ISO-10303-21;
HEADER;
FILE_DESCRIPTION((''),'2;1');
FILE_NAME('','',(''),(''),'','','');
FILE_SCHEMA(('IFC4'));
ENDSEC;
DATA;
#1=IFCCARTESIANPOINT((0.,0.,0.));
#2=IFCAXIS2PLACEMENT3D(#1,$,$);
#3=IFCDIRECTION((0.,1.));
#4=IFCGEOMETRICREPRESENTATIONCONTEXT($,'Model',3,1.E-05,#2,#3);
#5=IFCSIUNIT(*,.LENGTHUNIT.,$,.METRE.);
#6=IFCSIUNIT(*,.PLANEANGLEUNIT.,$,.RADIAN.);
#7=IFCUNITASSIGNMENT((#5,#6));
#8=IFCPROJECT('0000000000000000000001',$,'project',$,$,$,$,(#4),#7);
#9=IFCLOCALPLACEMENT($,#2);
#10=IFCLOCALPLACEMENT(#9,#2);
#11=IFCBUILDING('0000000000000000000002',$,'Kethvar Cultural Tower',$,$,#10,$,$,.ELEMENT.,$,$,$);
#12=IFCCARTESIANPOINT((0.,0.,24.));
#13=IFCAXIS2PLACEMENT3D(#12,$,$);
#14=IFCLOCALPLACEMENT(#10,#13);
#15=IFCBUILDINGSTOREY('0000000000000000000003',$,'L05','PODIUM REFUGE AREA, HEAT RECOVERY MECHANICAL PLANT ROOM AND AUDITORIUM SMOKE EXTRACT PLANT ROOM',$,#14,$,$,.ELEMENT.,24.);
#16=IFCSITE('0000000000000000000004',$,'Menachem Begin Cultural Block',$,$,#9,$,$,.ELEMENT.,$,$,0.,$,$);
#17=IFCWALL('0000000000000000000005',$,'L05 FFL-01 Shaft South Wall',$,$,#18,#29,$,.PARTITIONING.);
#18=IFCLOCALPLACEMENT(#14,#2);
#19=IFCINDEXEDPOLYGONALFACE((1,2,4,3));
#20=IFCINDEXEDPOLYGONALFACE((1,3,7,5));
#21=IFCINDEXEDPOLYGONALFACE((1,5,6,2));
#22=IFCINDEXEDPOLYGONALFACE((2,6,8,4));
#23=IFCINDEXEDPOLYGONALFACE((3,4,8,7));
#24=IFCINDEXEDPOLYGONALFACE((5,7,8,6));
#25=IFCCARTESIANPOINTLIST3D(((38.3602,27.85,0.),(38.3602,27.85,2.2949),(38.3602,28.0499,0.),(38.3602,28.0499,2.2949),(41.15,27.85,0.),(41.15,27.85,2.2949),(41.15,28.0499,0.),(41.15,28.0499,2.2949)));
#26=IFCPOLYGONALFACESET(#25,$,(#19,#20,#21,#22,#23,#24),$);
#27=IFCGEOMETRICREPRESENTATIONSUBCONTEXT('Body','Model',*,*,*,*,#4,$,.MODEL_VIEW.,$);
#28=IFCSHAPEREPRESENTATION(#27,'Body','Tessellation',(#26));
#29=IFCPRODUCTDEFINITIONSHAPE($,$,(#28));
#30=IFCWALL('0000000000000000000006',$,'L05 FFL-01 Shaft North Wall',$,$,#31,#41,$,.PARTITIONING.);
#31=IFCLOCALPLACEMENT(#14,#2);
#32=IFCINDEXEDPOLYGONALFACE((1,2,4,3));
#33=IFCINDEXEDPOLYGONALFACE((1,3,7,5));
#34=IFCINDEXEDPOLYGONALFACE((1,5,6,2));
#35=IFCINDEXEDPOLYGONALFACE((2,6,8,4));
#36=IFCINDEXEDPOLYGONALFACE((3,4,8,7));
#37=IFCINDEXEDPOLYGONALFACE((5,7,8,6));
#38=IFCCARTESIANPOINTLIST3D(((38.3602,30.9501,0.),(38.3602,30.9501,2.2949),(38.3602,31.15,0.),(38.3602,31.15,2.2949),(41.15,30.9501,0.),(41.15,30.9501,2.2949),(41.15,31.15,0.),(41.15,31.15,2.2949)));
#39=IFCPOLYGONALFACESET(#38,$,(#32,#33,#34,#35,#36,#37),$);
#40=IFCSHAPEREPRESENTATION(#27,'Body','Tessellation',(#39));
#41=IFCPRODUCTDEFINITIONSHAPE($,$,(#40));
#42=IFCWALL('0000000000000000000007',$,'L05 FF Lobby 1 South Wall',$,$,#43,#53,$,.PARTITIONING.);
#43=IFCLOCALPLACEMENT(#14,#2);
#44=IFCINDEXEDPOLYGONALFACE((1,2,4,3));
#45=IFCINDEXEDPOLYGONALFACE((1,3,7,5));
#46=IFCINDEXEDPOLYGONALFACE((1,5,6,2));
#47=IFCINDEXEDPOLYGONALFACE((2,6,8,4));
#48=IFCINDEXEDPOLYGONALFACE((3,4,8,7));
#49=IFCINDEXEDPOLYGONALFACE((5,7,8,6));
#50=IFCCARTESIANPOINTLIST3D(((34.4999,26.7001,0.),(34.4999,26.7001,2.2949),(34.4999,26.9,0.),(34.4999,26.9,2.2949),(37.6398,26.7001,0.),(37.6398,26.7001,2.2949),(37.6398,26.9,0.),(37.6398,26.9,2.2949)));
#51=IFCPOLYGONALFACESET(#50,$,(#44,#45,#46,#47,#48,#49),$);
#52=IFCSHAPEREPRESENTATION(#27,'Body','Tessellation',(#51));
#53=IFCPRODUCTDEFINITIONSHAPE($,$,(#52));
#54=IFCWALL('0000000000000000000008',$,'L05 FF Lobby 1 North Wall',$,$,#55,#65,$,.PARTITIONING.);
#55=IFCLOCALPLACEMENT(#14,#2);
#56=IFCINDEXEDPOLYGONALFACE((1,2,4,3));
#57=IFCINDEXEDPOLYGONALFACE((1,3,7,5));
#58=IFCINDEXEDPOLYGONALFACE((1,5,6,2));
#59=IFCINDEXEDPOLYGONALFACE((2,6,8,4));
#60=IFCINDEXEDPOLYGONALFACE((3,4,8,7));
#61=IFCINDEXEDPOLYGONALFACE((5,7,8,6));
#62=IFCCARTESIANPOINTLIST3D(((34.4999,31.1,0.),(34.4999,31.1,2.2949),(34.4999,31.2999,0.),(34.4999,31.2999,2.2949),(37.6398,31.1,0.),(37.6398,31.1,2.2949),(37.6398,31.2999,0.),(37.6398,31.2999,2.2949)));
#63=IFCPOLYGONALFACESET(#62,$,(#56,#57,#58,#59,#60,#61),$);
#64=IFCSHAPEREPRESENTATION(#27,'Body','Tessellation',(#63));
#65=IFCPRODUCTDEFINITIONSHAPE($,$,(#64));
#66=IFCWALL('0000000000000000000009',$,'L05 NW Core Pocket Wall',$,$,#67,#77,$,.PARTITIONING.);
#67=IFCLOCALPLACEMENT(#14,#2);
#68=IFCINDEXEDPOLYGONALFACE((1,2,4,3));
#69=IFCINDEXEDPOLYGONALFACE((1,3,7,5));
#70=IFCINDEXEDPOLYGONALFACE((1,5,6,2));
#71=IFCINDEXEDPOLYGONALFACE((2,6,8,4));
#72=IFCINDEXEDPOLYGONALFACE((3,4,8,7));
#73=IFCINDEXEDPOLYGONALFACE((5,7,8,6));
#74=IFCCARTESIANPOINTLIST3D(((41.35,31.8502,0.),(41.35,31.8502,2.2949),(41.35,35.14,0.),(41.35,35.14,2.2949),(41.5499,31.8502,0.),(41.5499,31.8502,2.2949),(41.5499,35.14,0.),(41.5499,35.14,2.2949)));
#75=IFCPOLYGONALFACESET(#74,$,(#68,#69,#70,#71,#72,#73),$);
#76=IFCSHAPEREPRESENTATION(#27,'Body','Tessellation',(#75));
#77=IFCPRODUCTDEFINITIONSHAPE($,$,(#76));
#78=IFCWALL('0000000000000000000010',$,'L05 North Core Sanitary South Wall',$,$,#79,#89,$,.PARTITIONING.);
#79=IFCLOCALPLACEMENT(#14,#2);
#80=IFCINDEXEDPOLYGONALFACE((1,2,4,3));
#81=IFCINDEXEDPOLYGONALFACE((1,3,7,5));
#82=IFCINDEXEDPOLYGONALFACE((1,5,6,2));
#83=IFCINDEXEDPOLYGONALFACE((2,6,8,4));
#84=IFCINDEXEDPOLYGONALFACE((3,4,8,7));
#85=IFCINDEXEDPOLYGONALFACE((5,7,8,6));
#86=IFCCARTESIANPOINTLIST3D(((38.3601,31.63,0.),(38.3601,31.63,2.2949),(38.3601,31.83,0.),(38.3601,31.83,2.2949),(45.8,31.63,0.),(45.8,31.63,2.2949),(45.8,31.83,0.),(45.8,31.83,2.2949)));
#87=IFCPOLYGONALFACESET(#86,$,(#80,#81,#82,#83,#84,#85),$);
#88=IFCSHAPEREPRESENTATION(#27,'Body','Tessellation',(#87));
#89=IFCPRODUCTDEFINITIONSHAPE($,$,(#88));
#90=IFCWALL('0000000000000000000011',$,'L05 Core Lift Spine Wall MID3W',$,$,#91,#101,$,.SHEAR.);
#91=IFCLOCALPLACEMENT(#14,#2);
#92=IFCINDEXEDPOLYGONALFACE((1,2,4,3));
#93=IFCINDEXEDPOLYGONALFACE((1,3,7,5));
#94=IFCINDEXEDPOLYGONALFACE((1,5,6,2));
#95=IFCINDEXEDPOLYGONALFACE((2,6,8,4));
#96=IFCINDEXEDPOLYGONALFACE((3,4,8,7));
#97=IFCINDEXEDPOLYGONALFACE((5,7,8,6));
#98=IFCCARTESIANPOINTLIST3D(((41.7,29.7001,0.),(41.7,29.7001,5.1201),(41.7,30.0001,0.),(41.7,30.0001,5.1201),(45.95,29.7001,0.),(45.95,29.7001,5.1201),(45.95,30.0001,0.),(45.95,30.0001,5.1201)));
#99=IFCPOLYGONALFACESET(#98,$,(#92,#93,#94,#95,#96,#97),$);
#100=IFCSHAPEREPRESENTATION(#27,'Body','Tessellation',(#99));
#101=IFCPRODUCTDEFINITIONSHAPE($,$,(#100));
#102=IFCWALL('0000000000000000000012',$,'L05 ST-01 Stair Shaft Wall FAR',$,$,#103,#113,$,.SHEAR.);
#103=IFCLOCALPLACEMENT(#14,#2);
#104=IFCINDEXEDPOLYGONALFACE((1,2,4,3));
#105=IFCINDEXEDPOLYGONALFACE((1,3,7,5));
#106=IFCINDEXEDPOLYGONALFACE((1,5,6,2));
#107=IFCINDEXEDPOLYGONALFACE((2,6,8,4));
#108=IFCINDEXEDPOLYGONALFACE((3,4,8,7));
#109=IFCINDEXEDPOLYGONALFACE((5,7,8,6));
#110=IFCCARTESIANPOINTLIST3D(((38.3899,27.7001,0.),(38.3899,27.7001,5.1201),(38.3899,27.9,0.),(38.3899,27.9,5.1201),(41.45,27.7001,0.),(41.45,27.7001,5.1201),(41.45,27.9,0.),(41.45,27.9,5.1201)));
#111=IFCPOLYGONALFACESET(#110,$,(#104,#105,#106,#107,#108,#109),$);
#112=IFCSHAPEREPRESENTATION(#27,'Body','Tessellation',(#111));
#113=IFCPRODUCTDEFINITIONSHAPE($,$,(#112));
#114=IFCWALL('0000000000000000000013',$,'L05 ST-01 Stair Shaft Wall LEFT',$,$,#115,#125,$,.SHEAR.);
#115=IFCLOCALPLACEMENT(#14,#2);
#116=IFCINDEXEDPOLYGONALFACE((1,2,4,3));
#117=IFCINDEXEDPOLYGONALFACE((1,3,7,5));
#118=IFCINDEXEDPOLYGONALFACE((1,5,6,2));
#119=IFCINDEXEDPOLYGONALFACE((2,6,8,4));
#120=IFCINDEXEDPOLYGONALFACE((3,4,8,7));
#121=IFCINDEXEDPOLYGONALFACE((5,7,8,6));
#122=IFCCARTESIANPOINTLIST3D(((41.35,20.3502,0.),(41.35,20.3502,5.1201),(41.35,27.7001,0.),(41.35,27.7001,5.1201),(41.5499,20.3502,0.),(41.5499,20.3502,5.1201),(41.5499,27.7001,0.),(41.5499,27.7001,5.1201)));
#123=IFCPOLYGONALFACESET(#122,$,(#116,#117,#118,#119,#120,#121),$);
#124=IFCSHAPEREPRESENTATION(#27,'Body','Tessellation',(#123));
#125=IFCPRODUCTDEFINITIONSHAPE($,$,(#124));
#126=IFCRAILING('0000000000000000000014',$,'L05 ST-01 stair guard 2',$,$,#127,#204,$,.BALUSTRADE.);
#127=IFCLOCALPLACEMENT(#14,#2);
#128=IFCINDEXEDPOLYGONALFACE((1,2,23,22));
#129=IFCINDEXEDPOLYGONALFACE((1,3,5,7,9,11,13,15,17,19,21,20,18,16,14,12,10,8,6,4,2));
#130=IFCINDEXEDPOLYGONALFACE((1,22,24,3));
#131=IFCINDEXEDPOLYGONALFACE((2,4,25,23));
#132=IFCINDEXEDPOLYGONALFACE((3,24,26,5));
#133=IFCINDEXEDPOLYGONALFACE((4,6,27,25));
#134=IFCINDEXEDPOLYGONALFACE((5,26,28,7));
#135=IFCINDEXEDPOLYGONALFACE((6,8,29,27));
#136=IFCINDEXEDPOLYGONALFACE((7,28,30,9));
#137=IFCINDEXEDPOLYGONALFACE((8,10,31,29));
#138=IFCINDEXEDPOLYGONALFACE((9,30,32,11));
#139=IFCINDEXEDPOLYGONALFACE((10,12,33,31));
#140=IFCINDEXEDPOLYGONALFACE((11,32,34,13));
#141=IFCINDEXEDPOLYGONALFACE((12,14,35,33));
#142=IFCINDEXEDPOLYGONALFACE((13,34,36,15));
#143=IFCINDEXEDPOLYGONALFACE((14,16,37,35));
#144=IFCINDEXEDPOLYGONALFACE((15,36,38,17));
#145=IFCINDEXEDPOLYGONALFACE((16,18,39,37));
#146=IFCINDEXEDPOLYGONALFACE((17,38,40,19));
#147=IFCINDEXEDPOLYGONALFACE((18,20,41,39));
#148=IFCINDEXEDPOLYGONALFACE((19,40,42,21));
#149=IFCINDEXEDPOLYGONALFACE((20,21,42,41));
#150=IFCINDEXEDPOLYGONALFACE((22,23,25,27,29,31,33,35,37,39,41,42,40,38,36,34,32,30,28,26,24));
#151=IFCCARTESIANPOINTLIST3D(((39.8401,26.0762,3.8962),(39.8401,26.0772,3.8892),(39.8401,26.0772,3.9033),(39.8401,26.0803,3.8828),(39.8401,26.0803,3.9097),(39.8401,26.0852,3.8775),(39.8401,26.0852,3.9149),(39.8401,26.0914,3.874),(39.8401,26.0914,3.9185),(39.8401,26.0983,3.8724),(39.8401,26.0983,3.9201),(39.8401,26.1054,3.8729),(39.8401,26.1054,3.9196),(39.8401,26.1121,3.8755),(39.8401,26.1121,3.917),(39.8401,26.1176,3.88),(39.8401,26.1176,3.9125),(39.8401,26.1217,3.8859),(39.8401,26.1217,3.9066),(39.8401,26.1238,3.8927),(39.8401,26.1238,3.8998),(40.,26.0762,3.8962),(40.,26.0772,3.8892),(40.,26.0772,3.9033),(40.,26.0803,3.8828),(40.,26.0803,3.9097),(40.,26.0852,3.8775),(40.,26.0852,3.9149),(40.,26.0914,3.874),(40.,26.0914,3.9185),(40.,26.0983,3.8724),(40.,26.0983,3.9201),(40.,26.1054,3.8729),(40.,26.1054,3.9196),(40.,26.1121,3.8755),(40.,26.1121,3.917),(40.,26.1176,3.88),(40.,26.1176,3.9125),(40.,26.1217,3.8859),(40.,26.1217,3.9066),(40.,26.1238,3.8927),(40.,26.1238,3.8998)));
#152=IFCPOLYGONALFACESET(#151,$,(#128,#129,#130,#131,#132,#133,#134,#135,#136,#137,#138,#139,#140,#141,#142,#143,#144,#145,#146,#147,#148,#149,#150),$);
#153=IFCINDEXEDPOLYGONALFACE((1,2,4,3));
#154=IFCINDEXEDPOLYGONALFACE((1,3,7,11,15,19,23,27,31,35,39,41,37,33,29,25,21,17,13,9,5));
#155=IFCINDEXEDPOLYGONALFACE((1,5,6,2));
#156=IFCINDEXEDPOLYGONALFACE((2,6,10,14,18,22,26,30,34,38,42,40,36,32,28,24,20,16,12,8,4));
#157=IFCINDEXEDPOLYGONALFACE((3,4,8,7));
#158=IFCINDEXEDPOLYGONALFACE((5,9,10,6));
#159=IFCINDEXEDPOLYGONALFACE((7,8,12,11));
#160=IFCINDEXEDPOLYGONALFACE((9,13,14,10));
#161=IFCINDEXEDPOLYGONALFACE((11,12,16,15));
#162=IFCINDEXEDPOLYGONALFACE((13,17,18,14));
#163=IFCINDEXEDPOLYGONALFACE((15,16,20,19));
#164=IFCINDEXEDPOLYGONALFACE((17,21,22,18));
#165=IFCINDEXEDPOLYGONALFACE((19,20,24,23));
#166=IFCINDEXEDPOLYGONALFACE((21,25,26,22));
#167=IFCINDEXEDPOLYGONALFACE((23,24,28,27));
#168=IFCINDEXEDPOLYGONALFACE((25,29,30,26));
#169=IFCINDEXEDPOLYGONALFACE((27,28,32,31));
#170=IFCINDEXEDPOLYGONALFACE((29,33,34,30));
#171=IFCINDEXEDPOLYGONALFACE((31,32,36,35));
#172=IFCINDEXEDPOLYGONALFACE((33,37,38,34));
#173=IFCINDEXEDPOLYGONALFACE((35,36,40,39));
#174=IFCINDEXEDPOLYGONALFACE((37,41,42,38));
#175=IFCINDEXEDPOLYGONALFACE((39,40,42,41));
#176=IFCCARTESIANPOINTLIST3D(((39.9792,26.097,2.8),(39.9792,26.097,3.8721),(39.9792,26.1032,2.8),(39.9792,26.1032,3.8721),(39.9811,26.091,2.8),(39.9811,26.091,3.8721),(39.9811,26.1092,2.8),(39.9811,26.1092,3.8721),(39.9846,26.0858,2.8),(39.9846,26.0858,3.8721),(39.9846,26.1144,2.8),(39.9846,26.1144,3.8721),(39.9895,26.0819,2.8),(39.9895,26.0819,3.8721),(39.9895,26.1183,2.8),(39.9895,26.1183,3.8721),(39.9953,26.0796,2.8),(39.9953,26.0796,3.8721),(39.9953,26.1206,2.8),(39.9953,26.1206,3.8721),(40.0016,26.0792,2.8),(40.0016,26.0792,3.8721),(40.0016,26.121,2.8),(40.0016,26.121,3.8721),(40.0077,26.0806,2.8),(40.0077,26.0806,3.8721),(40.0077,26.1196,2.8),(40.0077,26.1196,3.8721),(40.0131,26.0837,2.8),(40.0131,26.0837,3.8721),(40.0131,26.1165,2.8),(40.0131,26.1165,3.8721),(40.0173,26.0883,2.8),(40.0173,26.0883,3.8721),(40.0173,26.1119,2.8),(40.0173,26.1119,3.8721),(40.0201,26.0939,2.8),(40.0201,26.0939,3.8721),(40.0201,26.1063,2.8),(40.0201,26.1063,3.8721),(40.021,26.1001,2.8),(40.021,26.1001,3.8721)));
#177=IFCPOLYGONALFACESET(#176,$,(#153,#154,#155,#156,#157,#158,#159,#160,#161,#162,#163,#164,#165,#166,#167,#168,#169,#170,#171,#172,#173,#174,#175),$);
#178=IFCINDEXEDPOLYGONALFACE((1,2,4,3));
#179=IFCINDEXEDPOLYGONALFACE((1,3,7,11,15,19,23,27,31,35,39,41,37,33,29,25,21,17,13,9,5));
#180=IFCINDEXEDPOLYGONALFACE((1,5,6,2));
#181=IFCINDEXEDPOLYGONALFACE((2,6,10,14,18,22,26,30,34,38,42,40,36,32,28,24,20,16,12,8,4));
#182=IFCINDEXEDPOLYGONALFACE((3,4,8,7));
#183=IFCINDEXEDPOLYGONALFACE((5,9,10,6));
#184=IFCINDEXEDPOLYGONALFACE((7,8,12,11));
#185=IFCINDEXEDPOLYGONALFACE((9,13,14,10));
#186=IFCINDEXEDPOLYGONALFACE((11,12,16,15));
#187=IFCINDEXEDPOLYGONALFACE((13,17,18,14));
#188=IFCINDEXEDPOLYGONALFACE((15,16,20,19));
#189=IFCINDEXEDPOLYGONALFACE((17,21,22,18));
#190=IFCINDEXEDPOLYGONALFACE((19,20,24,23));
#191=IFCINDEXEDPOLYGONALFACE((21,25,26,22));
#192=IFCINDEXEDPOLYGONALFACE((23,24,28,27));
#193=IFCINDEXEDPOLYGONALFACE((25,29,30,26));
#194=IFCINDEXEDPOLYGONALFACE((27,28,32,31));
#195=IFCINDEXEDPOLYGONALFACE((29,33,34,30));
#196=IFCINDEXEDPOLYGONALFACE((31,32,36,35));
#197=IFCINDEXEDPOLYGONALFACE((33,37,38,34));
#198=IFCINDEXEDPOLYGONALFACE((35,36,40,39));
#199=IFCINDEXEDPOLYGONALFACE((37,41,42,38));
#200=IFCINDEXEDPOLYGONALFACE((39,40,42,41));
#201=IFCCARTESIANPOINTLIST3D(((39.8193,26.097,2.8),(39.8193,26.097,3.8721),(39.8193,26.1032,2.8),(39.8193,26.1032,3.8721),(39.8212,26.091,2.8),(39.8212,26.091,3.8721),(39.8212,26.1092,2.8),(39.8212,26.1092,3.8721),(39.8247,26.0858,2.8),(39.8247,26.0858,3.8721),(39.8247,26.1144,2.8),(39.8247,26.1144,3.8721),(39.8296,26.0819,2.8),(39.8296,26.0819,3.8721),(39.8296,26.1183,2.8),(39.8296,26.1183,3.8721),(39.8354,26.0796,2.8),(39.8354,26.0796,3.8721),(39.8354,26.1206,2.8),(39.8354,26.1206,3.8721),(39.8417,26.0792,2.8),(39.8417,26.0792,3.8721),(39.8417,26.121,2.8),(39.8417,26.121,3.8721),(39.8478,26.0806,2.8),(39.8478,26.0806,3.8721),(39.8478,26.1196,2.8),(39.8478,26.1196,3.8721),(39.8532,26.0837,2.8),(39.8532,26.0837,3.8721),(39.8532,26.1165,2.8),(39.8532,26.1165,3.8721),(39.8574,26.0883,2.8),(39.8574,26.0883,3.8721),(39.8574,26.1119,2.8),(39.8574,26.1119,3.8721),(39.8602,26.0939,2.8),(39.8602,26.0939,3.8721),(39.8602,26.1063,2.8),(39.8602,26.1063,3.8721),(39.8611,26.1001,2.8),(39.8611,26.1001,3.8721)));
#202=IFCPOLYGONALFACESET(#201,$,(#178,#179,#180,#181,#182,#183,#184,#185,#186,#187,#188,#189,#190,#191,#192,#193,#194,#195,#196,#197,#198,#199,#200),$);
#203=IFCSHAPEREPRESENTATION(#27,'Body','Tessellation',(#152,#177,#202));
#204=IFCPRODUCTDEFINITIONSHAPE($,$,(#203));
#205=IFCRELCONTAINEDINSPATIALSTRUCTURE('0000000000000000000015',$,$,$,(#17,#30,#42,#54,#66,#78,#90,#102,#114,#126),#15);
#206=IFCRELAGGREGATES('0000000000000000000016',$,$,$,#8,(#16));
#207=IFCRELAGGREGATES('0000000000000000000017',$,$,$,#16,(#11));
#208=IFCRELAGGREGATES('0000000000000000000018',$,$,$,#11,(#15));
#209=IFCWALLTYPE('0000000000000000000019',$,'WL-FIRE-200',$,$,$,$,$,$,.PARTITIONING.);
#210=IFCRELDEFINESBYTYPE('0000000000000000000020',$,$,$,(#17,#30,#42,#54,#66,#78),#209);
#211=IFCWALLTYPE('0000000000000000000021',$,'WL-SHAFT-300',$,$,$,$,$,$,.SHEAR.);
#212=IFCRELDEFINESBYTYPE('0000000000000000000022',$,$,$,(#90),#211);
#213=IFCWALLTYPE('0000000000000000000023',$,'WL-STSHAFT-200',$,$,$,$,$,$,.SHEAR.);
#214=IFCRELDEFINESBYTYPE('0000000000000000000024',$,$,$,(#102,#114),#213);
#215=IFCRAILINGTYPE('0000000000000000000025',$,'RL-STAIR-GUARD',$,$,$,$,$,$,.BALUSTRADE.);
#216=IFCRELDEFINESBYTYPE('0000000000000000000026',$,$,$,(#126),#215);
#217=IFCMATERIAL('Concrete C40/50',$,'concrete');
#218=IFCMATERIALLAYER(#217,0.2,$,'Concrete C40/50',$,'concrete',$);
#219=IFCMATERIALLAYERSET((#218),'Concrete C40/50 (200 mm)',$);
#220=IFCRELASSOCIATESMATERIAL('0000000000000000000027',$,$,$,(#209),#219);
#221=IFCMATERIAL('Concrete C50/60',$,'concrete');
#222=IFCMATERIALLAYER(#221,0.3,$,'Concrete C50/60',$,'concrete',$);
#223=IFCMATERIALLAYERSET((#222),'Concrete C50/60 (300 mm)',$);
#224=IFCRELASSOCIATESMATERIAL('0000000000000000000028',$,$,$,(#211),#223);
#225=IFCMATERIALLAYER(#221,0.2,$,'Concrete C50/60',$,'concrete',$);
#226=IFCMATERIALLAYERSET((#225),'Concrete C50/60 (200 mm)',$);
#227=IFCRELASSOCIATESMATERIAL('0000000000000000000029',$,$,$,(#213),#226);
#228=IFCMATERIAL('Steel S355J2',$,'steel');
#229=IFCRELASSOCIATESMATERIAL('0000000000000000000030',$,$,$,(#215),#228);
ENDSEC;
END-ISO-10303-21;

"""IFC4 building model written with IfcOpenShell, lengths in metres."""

from ifc_helpers import new_model, si_unit, direction, frame, frame_2d, origin, origin_2d, place, context, subcontext, project, spatial, rectangle, circle, extrude, material, layer, layer_set, type_object, element, save


model = new_model("IFC4")

# Units and contexts
model_context = context("Model", 3, precision=1e-05, world=origin(), true_north=direction((0.0, 1.0)))
body_context = subcontext(model_context, "Body", "Model", "MODEL_VIEW")
ifc_project = project(units=[si_unit("LENGTHUNIT", "METRE"), si_unit("PLANEANGLEUNIT", "RADIAN")], contexts=[model_context])

# Site, building, storey
site_placement = place(None, origin())
site = spatial("IfcSite", under=ifc_project, at=site_placement, Name="Menachem Begin Cultural Block", CompositionType="ELEMENT", RefElevation=0.0)
building_placement = place(site_placement, origin())
building = spatial("IfcBuilding", under=site, at=building_placement, Name="Kethvar Cultural Tower", CompositionType="ELEMENT")
storey_placement = place(building_placement, frame((0.0, 0.0, 24.0)))
storey = spatial("IfcBuildingStorey", under=building, at=storey_placement, Name="L05", Description="PODIUM REFUGE AREA, HEAT RECOVERY MECHANICAL PLANT ROOM AND AUDITORIUM SMOKE EXTRACT PLANT ROOM", CompositionType="ELEMENT", Elevation=24.0)

# Shared definitions
ifc_material_1 = material(Name="Steel S355J2", Category="steel")

# Walls
ifc_material_2 = material(Name="Concrete C40/50", Category="concrete")
ifc_layer_1 = layer(ifc_material_2, 0.2, Name="Concrete C40/50", Category="concrete")
ifc_layer_set_1 = layer_set([ifc_layer_1], Name="Concrete C40/50 (200 mm)")
wall_type_1 = type_object("IfcWallType", Name="WL-FIRE-200", PredefinedType="PARTITIONING", material=ifc_layer_set_1)
for number, where, z_axis, x_axis, name in (
    (1, (38.3601, 27.95, 0.0), (0.0, 0.0, 1.0), (1.0, 0.0, 0.0), "L05 FFL-01 Shaft South Wall"),
    (2, (38.3601, 31.05, 0.0), (0.0, 0.0, 1.0), (1.0, 0.0, 0.0), "L05 FFL-01 Shaft North Wall"),
):
    element("IfcWall", number, at=place(storey_placement, frame(where, z_axis=z_axis, x_axis=x_axis)), inside=storey, type_object=wall_type_1, Name=name, PredefinedType="PARTITIONING", context=body_context, shape_type="SweptSolid", body=[
        extrude(rectangle(XDim=2.7898, YDim=0.2, at=frame_2d((1.395, 0.0))), origin(), (0.0, 0.0, 1.0), 2.2949),
    ])

# Walls
for number, where, z_axis, x_axis, name in (
    (3, (34.5, 26.8, 0.0), (0.0, 0.0, 1.0), (1.0, 0.0, 0.0), "L05 FF Lobby 1 South Wall"),
    (4, (34.5, 31.2, 0.0), (0.0, 0.0, 1.0), (1.0, 0.0, 0.0), "L05 FF Lobby 1 North Wall"),
):
    element("IfcWall", number, at=place(storey_placement, frame(where, z_axis=z_axis, x_axis=x_axis)), inside=storey, type_object=wall_type_1, Name=name, PredefinedType="PARTITIONING", context=body_context, shape_type="SweptSolid", body=[
        extrude(rectangle(XDim=3.1399, YDim=0.2, at=frame_2d((1.5698, 0.0))), origin(), (0.0, 0.0, 1.0), 2.2949),
    ])
wall_1_placement = place(storey_placement, frame((41.45, 31.8501, 0.0), z_axis=(0.0, 0.0, 1.0), x_axis=(0.0, 1.0, 0.0)))
element("IfcWall", 5, at=wall_1_placement, inside=storey, type_object=wall_type_1, Name="L05 NW Core Pocket Wall", PredefinedType="PARTITIONING", context=body_context, shape_type="SweptSolid", body=[
    extrude(rectangle(XDim=3.2898, YDim=0.2, at=frame_2d((1.645, 0.0))), origin(), (0.0, 0.0, 1.0), 2.2949),
])
wall_2_placement = place(storey_placement, frame((38.3601, 31.73, 0.0), z_axis=(0.0, 0.0, 1.0), x_axis=(1.0, 0.0, 0.0)))
element("IfcWall", 6, at=wall_2_placement, inside=storey, type_object=wall_type_1, Name="L05 North Core Sanitary South Wall", PredefinedType="PARTITIONING", context=body_context, shape_type="SweptSolid", body=[
    extrude(rectangle(XDim=7.4399, YDim=0.2, at=frame_2d((3.72, 0.0))), origin(), (0.0, 0.0, 1.0), 2.2949),
])
ifc_material_3 = material(Name="Concrete C50/60", Category="concrete")
ifc_layer_2 = layer(ifc_material_3, 0.3, Name="Concrete C50/60", Category="concrete")
ifc_layer_set_2 = layer_set([ifc_layer_2], Name="Concrete C50/60 (300 mm)")
wall_type_2 = type_object("IfcWallType", Name="WL-SHAFT-300", PredefinedType="SHEAR", material=ifc_layer_set_2)
wall_3_placement = place(storey_placement, frame((41.7, 29.8501, 0.0), z_axis=(0.0, 0.0, 1.0), x_axis=(1.0, 0.0, 0.0)))
element("IfcWall", 7, at=wall_3_placement, inside=storey, type_object=wall_type_2, Name="L05 Core Lift Spine Wall MID3W", PredefinedType="SHEAR", context=body_context, shape_type="SweptSolid", body=[
    extrude(rectangle(XDim=4.25, YDim=0.3, at=frame_2d((2.125, 0.0))), origin(), (0.0, 0.0, 1.0), 5.1201),
])
ifc_layer_3 = layer(ifc_material_3, 0.2, Name="Concrete C50/60", Category="concrete")
ifc_layer_set_3 = layer_set([ifc_layer_3], Name="Concrete C50/60 (200 mm)")
wall_type_3 = type_object("IfcWallType", Name="WL-STSHAFT-200", PredefinedType="SHEAR", material=ifc_layer_set_3)
wall_4_placement = place(storey_placement, frame((38.3899, 27.8, 0.0), z_axis=(0.0, 0.0, 1.0), x_axis=(1.0, 0.0, 0.0)))
element("IfcWall", 8, at=wall_4_placement, inside=storey, type_object=wall_type_3, Name="L05 ST-01 Stair Shaft Wall FAR", PredefinedType="SHEAR", context=body_context, shape_type="SweptSolid", body=[
    extrude(rectangle(XDim=3.0601, YDim=0.2, at=frame_2d((1.53, 0.0))), origin(), (0.0, 0.0, 1.0), 5.1201),
])
wall_5_placement = place(storey_placement, frame((41.45, 27.7, 0.0), z_axis=(0.0, 0.0, 1.0), x_axis=(0.0, -1.0, 0.0)))
element("IfcWall", 9, at=wall_5_placement, inside=storey, type_object=wall_type_3, Name="L05 ST-01 Stair Shaft Wall LEFT", PredefinedType="SHEAR", context=body_context, shape_type="SweptSolid", body=[
    extrude(rectangle(XDim=7.3499, YDim=0.2, at=frame_2d((3.6748, 0.0))), origin(), (0.0, 0.0, 1.0), 5.1201),
])

# Railing
railing_type = type_object("IfcRailingType", Name="RL-STAIR-GUARD", PredefinedType="BALUSTRADE", material=ifc_material_1)
railing_placement = place(storey_placement, frame((40.0, 26.1001, 2.8)))
element("IfcRailing", 10, at=railing_placement, inside=storey, type_object=railing_type, Name="L05 ST-01 stair guard 2", PredefinedType="BALUSTRADE", context=body_context, shape_type="SweptSolid", body=[
    extrude(circle(Radius=0.0239, at=origin_2d()), frame((0.0, 0.0, 1.0962), z_axis=(-1.0, 0.0, 0.0), x_axis=(0.0, -1.0, 0.0)), (0.0, 0.0, 1.0), 0.1599),
    extrude(circle(Radius=0.021, at=origin_2d()), origin(), (0.0, 0.0, 1.0), 1.072),
    extrude(circle(Radius=0.021, at=origin_2d()), frame((-0.1599, 0.0, 0.0)), (0.0, 0.0, 1.0), 1.072),
])

save(model, "model.ifc")
